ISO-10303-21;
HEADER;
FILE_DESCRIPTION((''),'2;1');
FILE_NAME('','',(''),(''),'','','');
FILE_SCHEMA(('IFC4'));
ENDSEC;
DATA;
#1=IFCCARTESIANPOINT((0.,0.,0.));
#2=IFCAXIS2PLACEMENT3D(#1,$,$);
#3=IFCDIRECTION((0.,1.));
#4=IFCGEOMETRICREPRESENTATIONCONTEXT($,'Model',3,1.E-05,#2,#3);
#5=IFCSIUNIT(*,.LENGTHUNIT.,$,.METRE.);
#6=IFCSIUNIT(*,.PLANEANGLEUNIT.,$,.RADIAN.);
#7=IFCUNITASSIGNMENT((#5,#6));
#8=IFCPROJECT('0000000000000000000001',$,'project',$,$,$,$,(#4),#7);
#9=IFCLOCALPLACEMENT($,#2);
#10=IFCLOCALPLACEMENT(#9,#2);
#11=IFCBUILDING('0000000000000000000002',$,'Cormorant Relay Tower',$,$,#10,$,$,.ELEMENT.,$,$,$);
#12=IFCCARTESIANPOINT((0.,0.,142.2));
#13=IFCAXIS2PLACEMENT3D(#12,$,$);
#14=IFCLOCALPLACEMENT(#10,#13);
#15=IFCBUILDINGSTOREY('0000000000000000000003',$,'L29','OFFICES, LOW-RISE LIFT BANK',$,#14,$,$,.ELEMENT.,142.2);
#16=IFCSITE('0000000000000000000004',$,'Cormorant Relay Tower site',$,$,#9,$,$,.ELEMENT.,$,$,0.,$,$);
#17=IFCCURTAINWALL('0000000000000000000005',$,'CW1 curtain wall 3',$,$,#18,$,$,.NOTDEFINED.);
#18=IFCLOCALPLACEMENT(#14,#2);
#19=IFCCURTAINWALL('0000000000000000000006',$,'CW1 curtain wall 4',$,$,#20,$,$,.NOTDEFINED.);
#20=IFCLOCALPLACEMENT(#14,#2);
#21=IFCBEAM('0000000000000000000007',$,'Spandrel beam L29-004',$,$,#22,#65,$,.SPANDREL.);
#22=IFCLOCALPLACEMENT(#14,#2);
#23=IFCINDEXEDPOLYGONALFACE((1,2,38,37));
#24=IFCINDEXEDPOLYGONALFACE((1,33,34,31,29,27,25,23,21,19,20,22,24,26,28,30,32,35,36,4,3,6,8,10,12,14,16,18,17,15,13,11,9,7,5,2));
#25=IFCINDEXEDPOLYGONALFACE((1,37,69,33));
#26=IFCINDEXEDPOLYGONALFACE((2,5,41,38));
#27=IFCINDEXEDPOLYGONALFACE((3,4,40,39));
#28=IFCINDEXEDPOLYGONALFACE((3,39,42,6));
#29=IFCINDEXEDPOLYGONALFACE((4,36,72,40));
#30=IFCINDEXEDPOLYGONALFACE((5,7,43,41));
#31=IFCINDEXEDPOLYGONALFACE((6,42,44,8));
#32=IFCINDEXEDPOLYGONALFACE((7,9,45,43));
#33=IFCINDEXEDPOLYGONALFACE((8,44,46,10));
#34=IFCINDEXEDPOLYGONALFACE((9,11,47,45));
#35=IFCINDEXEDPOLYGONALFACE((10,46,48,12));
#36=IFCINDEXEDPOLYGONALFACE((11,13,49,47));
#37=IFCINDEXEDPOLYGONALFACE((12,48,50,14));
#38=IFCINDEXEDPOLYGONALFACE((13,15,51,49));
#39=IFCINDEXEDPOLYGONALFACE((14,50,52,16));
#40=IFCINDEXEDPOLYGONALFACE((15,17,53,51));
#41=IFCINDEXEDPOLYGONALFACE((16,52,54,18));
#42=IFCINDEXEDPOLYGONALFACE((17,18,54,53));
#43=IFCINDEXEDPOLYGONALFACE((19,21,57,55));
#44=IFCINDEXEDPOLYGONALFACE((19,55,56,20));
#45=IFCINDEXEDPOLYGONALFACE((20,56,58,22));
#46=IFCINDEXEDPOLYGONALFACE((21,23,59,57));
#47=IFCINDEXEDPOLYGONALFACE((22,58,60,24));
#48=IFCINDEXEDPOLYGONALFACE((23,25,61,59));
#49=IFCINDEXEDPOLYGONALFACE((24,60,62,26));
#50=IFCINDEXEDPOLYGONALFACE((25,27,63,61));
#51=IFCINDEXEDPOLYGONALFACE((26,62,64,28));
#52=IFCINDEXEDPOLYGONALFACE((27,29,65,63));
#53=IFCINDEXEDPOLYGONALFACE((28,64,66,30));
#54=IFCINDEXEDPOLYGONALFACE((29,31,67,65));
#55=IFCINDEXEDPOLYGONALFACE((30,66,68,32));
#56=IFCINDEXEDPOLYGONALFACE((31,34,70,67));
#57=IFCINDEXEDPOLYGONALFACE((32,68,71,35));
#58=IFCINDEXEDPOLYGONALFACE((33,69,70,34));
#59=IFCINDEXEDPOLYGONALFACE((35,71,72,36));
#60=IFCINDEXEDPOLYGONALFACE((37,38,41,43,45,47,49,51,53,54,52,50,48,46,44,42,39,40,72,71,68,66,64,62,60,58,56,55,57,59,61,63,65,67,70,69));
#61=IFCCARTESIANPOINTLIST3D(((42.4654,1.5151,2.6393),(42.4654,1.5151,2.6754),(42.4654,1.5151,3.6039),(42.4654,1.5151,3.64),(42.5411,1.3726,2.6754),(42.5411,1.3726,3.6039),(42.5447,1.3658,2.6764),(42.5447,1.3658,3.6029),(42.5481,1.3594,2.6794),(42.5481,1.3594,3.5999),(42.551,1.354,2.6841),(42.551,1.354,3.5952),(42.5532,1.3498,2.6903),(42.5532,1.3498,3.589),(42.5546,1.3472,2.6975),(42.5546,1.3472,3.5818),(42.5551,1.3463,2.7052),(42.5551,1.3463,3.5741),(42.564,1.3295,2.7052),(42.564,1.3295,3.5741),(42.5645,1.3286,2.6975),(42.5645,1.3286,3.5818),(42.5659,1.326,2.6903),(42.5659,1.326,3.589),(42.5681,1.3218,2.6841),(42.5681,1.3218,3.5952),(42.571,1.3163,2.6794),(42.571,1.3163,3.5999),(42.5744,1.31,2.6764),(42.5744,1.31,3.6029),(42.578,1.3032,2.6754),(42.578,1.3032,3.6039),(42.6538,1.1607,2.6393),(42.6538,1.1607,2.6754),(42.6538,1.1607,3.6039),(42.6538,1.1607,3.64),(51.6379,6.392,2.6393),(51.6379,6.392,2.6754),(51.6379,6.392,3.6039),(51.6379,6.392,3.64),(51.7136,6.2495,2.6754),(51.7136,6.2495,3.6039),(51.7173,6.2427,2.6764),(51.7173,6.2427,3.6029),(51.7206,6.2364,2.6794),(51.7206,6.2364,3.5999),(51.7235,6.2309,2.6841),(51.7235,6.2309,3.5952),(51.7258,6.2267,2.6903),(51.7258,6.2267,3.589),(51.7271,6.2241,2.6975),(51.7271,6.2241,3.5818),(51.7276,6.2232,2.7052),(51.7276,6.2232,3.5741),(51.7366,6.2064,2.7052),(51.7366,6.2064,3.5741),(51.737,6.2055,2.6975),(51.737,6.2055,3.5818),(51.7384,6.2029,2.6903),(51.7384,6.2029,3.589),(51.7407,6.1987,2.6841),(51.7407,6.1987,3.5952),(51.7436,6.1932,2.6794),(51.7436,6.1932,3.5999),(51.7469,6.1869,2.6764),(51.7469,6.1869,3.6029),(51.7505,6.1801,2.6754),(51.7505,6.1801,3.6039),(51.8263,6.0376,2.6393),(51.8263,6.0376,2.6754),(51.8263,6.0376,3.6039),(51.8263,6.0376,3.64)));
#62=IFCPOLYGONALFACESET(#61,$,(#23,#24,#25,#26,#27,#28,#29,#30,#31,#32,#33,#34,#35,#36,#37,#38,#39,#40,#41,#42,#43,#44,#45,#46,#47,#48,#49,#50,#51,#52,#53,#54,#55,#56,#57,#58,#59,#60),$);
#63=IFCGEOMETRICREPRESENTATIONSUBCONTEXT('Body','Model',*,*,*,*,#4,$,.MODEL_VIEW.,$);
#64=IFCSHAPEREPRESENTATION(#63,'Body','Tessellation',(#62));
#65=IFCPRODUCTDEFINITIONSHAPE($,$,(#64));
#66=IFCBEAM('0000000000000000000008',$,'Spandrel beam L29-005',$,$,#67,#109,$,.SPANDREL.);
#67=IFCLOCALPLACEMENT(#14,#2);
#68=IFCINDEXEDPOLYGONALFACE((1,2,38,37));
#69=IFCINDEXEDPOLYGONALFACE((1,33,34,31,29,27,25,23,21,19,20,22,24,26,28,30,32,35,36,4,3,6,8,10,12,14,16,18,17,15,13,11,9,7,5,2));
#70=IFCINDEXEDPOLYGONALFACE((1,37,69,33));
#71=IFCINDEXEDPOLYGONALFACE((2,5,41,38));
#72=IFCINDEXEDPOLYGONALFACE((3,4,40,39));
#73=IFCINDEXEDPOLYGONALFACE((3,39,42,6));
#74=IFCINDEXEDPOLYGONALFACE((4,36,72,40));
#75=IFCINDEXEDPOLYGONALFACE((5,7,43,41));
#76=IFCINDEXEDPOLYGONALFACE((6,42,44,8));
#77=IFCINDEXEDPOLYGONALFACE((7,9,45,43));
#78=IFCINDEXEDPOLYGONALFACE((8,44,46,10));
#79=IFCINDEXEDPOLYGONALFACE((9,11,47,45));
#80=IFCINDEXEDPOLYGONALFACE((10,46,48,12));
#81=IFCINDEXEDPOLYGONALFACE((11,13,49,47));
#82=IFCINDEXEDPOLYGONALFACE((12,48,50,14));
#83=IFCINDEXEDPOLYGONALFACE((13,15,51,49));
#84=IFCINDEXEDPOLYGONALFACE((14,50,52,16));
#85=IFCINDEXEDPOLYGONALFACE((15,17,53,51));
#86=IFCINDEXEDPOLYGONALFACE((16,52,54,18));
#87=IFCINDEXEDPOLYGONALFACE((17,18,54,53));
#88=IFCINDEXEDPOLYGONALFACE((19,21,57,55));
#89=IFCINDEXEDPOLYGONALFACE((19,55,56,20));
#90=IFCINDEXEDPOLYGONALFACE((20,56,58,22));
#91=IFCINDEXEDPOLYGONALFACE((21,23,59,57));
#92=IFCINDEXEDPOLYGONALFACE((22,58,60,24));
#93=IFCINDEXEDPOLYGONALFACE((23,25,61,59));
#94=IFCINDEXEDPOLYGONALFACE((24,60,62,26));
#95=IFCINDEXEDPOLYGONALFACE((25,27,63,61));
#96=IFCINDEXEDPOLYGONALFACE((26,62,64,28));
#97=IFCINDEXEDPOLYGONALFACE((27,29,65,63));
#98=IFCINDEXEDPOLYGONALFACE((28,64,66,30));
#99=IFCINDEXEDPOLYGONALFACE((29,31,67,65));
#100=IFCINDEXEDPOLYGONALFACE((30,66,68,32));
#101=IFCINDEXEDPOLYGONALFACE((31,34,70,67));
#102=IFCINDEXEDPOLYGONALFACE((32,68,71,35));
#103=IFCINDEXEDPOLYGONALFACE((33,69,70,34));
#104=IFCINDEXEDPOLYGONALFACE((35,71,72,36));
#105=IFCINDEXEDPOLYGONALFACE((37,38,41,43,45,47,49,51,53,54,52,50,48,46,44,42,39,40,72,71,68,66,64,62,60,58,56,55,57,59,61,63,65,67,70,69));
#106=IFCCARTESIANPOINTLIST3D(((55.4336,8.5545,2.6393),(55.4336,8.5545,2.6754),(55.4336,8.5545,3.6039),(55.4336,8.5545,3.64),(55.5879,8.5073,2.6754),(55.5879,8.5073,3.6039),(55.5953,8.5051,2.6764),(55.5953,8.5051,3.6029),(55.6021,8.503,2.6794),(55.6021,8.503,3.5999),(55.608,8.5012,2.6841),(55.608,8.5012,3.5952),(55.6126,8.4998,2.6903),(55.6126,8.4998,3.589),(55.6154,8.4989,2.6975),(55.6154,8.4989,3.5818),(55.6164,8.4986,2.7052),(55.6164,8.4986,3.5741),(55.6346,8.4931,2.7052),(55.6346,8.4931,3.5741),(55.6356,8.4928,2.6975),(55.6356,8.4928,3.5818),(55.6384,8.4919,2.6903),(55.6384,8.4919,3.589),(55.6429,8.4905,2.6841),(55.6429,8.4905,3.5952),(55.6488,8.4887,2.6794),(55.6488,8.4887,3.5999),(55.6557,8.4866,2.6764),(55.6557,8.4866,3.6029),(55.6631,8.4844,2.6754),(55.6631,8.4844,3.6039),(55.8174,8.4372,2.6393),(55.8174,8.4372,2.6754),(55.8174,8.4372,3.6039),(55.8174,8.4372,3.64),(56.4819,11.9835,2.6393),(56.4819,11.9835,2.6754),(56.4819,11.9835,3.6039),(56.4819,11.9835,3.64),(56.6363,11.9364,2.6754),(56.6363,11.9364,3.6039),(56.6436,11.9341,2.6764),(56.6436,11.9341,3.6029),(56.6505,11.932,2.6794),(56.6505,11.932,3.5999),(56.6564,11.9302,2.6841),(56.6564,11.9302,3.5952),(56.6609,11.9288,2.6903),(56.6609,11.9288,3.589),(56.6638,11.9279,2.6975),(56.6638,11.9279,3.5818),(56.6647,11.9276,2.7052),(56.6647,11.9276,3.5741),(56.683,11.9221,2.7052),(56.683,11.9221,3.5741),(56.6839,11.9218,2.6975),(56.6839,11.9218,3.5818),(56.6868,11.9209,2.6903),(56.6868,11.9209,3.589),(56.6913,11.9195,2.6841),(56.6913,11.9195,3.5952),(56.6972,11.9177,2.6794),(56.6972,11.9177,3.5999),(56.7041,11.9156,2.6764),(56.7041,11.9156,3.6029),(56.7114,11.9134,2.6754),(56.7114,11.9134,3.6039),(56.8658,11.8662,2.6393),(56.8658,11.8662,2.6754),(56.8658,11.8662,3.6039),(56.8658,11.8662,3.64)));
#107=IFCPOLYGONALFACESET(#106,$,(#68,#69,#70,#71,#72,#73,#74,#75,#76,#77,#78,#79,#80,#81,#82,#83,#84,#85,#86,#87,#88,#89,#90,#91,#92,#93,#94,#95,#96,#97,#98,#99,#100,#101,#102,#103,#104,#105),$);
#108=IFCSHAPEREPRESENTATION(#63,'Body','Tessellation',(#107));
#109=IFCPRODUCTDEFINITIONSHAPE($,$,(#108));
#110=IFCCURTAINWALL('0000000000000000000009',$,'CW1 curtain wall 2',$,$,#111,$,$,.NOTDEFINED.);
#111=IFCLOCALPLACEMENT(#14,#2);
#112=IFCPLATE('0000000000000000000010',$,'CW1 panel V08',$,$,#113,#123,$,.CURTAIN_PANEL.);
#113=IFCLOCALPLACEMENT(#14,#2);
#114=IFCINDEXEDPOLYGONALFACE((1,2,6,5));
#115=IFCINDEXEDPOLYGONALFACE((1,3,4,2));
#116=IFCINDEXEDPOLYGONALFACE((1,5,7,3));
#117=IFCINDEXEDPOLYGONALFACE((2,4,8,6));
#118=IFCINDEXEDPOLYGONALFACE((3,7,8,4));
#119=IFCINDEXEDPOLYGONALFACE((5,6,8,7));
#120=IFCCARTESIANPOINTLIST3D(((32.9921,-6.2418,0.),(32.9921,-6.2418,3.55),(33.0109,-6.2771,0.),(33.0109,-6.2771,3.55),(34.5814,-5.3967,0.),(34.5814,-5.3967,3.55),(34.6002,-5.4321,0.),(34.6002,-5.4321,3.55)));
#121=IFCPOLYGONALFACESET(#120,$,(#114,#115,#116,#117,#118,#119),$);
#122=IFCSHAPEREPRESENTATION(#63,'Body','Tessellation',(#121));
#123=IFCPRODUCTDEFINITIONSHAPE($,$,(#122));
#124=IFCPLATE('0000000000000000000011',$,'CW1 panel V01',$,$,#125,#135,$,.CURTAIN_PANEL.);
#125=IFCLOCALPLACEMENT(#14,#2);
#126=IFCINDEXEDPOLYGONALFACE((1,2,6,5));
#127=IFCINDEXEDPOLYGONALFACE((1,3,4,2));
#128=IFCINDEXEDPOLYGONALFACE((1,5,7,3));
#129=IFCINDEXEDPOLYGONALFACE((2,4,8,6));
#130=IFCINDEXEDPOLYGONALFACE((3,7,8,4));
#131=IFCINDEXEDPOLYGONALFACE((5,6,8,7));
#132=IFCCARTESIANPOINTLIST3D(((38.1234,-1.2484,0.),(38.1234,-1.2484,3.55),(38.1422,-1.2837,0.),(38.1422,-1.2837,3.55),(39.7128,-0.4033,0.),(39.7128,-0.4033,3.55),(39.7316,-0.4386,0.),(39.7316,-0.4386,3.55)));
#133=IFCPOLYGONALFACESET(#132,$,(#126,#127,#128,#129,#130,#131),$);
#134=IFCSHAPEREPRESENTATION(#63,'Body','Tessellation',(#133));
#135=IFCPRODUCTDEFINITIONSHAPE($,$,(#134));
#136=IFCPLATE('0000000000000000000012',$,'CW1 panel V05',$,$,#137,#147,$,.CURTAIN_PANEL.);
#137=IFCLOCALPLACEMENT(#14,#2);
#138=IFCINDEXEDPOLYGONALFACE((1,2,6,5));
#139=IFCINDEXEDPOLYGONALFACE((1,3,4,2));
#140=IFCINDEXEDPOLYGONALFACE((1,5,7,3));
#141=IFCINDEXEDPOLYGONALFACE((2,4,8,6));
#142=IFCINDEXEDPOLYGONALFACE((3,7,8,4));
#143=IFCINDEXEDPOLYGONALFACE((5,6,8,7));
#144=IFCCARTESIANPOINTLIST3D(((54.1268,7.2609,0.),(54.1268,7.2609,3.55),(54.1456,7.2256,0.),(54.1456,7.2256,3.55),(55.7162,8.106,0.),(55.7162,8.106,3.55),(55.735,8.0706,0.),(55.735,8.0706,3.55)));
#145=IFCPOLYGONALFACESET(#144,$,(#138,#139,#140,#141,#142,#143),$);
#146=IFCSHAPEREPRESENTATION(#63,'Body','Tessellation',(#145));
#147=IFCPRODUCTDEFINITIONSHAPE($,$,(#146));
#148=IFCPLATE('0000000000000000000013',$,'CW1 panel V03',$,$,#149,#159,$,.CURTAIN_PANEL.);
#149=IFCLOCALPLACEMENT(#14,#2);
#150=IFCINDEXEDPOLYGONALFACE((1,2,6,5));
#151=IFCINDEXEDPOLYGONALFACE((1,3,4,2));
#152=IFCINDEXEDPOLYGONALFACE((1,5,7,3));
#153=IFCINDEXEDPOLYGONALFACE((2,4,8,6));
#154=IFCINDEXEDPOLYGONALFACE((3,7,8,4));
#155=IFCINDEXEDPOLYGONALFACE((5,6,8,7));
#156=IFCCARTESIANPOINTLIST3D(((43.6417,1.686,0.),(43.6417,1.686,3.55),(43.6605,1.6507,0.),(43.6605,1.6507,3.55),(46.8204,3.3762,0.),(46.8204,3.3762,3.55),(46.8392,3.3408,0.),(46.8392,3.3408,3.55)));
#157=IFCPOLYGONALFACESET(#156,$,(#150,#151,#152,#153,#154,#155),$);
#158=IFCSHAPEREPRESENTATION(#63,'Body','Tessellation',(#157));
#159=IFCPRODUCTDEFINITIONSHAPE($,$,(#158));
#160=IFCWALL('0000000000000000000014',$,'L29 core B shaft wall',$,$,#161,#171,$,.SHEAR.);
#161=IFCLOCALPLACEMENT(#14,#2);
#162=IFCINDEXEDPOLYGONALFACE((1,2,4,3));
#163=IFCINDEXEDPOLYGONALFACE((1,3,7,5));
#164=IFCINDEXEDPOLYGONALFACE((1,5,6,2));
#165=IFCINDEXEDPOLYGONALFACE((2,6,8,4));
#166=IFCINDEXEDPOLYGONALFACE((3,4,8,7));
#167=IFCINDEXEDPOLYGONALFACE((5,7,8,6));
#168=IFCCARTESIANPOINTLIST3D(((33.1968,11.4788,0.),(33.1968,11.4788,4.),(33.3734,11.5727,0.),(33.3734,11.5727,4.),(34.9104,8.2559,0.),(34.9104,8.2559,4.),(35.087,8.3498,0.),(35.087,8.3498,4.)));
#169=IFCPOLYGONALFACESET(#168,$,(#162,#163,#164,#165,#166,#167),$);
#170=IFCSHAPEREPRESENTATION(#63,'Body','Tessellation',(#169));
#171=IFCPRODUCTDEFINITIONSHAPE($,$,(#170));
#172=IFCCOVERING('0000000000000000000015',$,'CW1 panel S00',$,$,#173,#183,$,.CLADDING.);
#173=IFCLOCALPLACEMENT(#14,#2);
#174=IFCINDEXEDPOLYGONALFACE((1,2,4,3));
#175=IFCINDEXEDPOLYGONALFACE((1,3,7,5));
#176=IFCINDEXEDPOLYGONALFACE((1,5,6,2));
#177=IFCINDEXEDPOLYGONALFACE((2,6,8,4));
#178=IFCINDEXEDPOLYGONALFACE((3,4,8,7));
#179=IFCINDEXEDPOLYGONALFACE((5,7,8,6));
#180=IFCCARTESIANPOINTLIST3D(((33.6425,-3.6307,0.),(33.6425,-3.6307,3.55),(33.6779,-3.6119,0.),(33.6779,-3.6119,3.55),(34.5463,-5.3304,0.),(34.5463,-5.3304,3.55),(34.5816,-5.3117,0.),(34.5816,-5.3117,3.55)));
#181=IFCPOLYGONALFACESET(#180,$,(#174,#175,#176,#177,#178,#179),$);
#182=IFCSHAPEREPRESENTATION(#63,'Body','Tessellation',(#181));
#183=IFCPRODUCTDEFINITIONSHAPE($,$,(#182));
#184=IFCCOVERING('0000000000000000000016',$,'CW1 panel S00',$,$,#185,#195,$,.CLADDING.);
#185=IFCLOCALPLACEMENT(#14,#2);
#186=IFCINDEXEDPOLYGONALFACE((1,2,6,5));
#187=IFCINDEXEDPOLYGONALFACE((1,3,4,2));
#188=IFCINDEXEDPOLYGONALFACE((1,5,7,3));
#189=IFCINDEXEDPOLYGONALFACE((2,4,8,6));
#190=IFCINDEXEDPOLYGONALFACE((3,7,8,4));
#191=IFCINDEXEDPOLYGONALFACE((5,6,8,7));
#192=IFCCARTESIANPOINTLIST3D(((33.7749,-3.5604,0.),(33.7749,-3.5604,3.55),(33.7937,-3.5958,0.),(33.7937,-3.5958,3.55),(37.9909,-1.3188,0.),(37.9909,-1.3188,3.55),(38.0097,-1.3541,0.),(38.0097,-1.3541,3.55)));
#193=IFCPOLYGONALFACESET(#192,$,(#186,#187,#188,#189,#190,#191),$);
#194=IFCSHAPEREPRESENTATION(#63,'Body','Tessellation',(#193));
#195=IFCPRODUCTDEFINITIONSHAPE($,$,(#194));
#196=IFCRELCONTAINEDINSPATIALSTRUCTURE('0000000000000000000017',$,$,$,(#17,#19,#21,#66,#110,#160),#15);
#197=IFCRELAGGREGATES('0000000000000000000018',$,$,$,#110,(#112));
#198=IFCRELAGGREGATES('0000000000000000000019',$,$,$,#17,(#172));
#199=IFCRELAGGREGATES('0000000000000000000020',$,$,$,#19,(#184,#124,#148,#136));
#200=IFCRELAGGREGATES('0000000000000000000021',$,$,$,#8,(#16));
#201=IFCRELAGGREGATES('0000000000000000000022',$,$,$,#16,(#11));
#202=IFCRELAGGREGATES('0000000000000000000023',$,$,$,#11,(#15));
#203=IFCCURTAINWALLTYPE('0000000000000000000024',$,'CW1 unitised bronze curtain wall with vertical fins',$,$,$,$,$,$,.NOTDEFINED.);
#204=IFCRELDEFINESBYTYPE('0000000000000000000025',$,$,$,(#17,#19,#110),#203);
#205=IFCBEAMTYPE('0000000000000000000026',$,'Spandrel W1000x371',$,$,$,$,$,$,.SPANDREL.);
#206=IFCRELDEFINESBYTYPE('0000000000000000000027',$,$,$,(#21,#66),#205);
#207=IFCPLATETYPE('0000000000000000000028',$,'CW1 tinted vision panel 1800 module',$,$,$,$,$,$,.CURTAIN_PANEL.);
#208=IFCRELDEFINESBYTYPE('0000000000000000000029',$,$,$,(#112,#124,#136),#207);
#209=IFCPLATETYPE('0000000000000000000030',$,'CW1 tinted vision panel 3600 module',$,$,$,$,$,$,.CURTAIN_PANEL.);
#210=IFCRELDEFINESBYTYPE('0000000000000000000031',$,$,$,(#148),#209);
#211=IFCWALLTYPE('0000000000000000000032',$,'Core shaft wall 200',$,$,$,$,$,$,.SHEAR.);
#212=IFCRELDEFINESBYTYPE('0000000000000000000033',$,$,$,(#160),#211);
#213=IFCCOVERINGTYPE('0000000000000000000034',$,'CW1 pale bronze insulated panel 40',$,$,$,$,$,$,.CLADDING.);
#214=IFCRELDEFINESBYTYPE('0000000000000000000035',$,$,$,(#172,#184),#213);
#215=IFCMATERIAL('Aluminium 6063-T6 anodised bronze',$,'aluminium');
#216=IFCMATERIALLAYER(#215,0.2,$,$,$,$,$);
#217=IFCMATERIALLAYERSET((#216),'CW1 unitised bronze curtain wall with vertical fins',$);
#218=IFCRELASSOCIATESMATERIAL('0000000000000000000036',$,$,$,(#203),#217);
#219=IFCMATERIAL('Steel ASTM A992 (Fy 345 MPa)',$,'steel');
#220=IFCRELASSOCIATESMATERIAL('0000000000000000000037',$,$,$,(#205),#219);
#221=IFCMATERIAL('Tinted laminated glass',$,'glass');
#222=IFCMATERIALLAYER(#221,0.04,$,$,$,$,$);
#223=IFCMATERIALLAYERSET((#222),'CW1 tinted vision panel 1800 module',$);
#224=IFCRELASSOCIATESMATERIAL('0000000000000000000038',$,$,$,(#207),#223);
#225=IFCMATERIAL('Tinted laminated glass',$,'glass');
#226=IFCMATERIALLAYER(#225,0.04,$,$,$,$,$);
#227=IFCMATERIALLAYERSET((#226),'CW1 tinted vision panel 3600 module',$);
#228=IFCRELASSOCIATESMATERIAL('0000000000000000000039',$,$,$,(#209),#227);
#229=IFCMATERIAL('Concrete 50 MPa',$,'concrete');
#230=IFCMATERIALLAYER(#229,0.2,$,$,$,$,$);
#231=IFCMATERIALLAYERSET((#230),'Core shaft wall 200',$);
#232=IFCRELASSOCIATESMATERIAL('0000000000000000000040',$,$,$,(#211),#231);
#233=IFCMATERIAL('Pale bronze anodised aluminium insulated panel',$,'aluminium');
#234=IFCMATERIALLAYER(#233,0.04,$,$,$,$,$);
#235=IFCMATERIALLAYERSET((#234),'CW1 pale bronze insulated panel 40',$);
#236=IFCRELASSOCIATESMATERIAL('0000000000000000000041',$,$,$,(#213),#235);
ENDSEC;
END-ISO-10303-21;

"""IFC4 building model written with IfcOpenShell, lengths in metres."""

from ifc_helpers import new_model, si_unit, direction, frame, frame_2d, origin, origin_2d, place, context, subcontext, project, spatial, rectangle, i_section, extrude, material, layer, layer_set, material_profile, profile_set, type_object, element, aggregate, save


model = new_model("IFC4")

# Units and contexts
model_context = context("Model", 3, precision=1e-05, world=origin(), true_north=direction((0.0, 1.0)))
body_context = subcontext(model_context, "Body", "Model", "MODEL_VIEW")
ifc_project = project(units=[si_unit("LENGTHUNIT", "METRE"), si_unit("PLANEANGLEUNIT", "RADIAN")], contexts=[model_context])

# Site, building, storey
site_placement = place(None, origin())
site = spatial("IfcSite", under=ifc_project, at=site_placement, Name="Cormorant Relay Tower site", CompositionType="ELEMENT", RefElevation=0.0)
building_placement = place(site_placement, origin())
building = spatial("IfcBuilding", under=site, at=building_placement, Name="Cormorant Relay Tower", CompositionType="ELEMENT")
storey_placement = place(building_placement, frame((0.0, 0.0, 142.2)))
storey = spatial("IfcBuildingStorey", under=building, at=storey_placement, Name="L29", Description="OFFICES, LOW-RISE LIFT BANK", CompositionType="ELEMENT", Elevation=142.2)

# Curtain wall
ifc_material_1 = material(Name="Aluminium 6063-T6 anodised bronze", Category="aluminium")
ifc_layer_1 = layer(ifc_material_1, 0.2)
ifc_layer_set_1 = layer_set([ifc_layer_1], Name="CW1 unitised bronze curtain wall with vertical fins")
curtain_wall_type = type_object("IfcCurtainWallType", Name="CW1 unitised bronze curtain wall with vertical fins", PredefinedType="NOTDEFINED", material=ifc_layer_set_1)
curtain_wall_1_placement = place(storey_placement, origin())
curtain_wall_1 = element("IfcCurtainWall", 1, at=curtain_wall_1_placement, inside=storey, type_object=curtain_wall_type, Name="CW1 curtain wall 3", PredefinedType="NOTDEFINED")

# Curtain wall
curtain_wall_2_placement = place(storey_placement, origin())
curtain_wall_2 = element("IfcCurtainWall", 2, at=curtain_wall_2_placement, inside=storey, type_object=curtain_wall_type, Name="CW1 curtain wall 4", PredefinedType="NOTDEFINED")

# Beams
ifc_material_2 = material(Name="Steel ASTM A992 (Fy 345 MPa)", Category="steel")
ifc_material_profile_1 = material_profile(ifc_material_2, i_section(OverallWidth=0.4014, OverallDepth=1.0007, WebThickness=0.019, FlangeThickness=0.0361, FilletRadius=0.0298, at=origin_2d()), Name="W1000x371")
ifc_profile_set_1 = profile_set([ifc_material_profile_1], Name="Steel ASTM A992 (Fy 345 MPa)")
beam_type = type_object("IfcBeamType", Name="Spandrel W1000x371", PredefinedType="SPANDREL", material=ifc_profile_set_1)
beam_1_placement = place(storey_placement, frame((42.5596, 1.3379, 3.1396), z_axis=(0.882956, 0.469456, 0.0), x_axis=(-0.469456, 0.882956, 0.0)))
element("IfcBeam", 3, at=beam_1_placement, inside=storey, type_object=beam_type, Name="Spandrel beam L29-004", PredefinedType="SPANDREL", context=body_context, shape_type="SweptSolid", body=[
    extrude(i_section(OverallWidth=0.4014, OverallDepth=1.0007, WebThickness=0.019, FlangeThickness=0.0361, FilletRadius=0.0298, at=origin_2d()), origin(), (0.0, 0.0, 1.0), 10.3884),
])
beam_2_placement = place(storey_placement, frame((55.6255, 8.4958, 3.1396), z_axis=(0.292372, 0.956305, 0.0), x_axis=(-0.956305, 0.292372, 0.0)))
element("IfcBeam", 4, at=beam_2_placement, inside=storey, type_object=beam_type, Name="Spandrel beam L29-005", PredefinedType="SPANDREL", context=body_context, shape_type="SweptSolid", body=[
    extrude(i_section(OverallWidth=0.4014, OverallDepth=1.0007, WebThickness=0.019, FlangeThickness=0.0361, FilletRadius=0.0298, at=origin_2d()), origin(), (0.0, 0.0, 1.0), 3.5857),
])

# Curtain wall, plate
curtain_wall_3_placement = place(storey_placement, origin())
curtain_wall_3 = element("IfcCurtainWall", 5, at=curtain_wall_3_placement, inside=storey, type_object=curtain_wall_type, Name="CW1 curtain wall 2", PredefinedType="NOTDEFINED")
ifc_material_3 = material(Name="Tinted laminated glass", Category="glass")
ifc_layer_2 = layer(ifc_material_3, 0.04)
ifc_layer_set_2 = layer_set([ifc_layer_2], Name="CW1 tinted vision panel 1800 module")
plate_type_1 = type_object("IfcPlateType", Name="CW1 tinted vision panel 1800 module", PredefinedType="CURTAIN_PANEL", material=ifc_layer_set_2)
plate_1_placement = place(storey_placement, frame((33.7961, -5.8369, 0.0), z_axis=(0.0, 0.0, 1.0), x_axis=(0.882948, 0.469472, 0.0)))
plate_1 = element("IfcPlate", 6, at=plate_1_placement, type_object=plate_type_1, Name="CW1 panel V08", PredefinedType="CURTAIN_PANEL", context=body_context, shape_type="SweptSolid", body=[
    extrude(rectangle(XDim=1.8, YDim=0.04, at=origin_2d()), origin(), (0.0, 0.0, 1.0), 3.55),
])
aggregate(curtain_wall_3, [plate_1])

# Plates
plate_2_placement = place(storey_placement, frame((38.9275, -0.8435, 0.0), z_axis=(0.0, 0.0, 1.0), x_axis=(0.882948, 0.469472, 0.0)))
plate_2 = element("IfcPlate", 7, at=plate_2_placement, type_object=plate_type_1, Name="CW1 panel V01", PredefinedType="CURTAIN_PANEL", context=body_context, shape_type="SweptSolid", body=[
    extrude(rectangle(XDim=1.8, YDim=0.04, at=origin_2d()), origin(), (0.0, 0.0, 1.0), 3.55),
])
plate_3_placement = place(storey_placement, frame((54.9309, 7.6658, 0.0), z_axis=(0.0, 0.0, 1.0), x_axis=(0.882948, 0.469472, 0.0)))
plate_3 = element("IfcPlate", 8, at=plate_3_placement, type_object=plate_type_1, Name="CW1 panel V05", PredefinedType="CURTAIN_PANEL", context=body_context, shape_type="SweptSolid", body=[
    extrude(rectangle(XDim=1.8, YDim=0.04, at=origin_2d()), origin(), (0.0, 0.0, 1.0), 3.55),
])
ifc_material_4 = material(Name="Tinted laminated glass", Category="glass")
ifc_layer_3 = layer(ifc_material_4, 0.04)
ifc_layer_set_3 = layer_set([ifc_layer_3], Name="CW1 tinted vision panel 3600 module")
plate_type_2 = type_object("IfcPlateType", Name="CW1 tinted vision panel 3600 module", PredefinedType="CURTAIN_PANEL", material=ifc_layer_set_3)
plate_4_placement = place(storey_placement, frame((45.2405, 2.5134, 0.0), z_axis=(0.0, 0.0, 1.0), x_axis=(0.882948, 0.469472, 0.0)))
plate_4 = element("IfcPlate", 9, at=plate_4_placement, type_object=plate_type_2, Name="CW1 panel V03", PredefinedType="CURTAIN_PANEL", context=body_context, shape_type="SweptSolid", body=[
    extrude(rectangle(XDim=3.6001, YDim=0.04, at=origin_2d()), origin(), (0.0, 0.0, 1.0), 3.55),
])

# Wall
ifc_material_5 = material(Name="Concrete 50 MPa", Category="concrete")
ifc_layer_4 = layer(ifc_material_5, 0.2)
ifc_layer_set_4 = layer_set([ifc_layer_4], Name="Core shaft wall 200")
wall_type_1 = type_object("IfcWallType", Name="Core shaft wall 200", PredefinedType="SHEAR", material=ifc_layer_set_4)
wall_1_placement = place(storey_placement, frame((34.9988, 8.3027, 0.0), z_axis=(0.0, 0.0, 1.0), x_axis=(-0.469467, 0.88295, 0.0)))
element("IfcWall", 10, at=wall_1_placement, inside=storey, type_object=wall_type_1, Name="L29 core B shaft wall", PredefinedType="SHEAR", context=body_context, shape_type="SweptSolid", body=[
    extrude(rectangle(XDim=3.6501, YDim=0.2, at=frame_2d((1.8252, 0.0))), origin(), (0.0, 0.0, 1.0), 4.0),
])

# Coverings
ifc_material_6 = material(Name="Pale bronze anodised aluminium insulated panel", Category="aluminium")
ifc_layer_5 = layer(ifc_material_6, 0.04)
ifc_layer_set_5 = layer_set([ifc_layer_5], Name="CW1 pale bronze insulated panel 40")
covering_type = type_object("IfcCoveringType", Name="CW1 pale bronze insulated panel 40", PredefinedType="CLADDING", material=ifc_layer_set_5)
covering_1_placement = place(storey_placement, frame((34.1121, -4.4712, 0.0), z_axis=(0.0, 0.0, 1.0), x_axis=(-0.469472, 0.882948, 0.0)))
covering_1 = element("IfcCovering", 11, at=covering_1_placement, type_object=covering_type, Name="CW1 panel S00", PredefinedType="CLADDING", context=body_context, shape_type="SweptSolid", body=[
    extrude(rectangle(XDim=1.925, YDim=0.04, at=origin_2d()), origin(), (0.0, 0.0, 1.0), 3.55),
])
aggregate(curtain_wall_1, [covering_1])
covering_2_placement = place(storey_placement, frame((35.8923, -2.4573, 0.0), z_axis=(0.0, 0.0, 1.0), x_axis=(0.882948, 0.469472, 0.0)))
covering_2 = element("IfcCovering", 12, at=covering_2_placement, type_object=covering_type, Name="CW1 panel S00", PredefinedType="CLADDING", context=body_context, shape_type="SweptSolid", body=[
    extrude(rectangle(XDim=4.7749, YDim=0.04, at=origin_2d()), origin(), (0.0, 0.0, 1.0), 3.55),
])
aggregate(curtain_wall_2, [covering_2, plate_2, plate_4, plate_3])

save(model, "model.ifc")
